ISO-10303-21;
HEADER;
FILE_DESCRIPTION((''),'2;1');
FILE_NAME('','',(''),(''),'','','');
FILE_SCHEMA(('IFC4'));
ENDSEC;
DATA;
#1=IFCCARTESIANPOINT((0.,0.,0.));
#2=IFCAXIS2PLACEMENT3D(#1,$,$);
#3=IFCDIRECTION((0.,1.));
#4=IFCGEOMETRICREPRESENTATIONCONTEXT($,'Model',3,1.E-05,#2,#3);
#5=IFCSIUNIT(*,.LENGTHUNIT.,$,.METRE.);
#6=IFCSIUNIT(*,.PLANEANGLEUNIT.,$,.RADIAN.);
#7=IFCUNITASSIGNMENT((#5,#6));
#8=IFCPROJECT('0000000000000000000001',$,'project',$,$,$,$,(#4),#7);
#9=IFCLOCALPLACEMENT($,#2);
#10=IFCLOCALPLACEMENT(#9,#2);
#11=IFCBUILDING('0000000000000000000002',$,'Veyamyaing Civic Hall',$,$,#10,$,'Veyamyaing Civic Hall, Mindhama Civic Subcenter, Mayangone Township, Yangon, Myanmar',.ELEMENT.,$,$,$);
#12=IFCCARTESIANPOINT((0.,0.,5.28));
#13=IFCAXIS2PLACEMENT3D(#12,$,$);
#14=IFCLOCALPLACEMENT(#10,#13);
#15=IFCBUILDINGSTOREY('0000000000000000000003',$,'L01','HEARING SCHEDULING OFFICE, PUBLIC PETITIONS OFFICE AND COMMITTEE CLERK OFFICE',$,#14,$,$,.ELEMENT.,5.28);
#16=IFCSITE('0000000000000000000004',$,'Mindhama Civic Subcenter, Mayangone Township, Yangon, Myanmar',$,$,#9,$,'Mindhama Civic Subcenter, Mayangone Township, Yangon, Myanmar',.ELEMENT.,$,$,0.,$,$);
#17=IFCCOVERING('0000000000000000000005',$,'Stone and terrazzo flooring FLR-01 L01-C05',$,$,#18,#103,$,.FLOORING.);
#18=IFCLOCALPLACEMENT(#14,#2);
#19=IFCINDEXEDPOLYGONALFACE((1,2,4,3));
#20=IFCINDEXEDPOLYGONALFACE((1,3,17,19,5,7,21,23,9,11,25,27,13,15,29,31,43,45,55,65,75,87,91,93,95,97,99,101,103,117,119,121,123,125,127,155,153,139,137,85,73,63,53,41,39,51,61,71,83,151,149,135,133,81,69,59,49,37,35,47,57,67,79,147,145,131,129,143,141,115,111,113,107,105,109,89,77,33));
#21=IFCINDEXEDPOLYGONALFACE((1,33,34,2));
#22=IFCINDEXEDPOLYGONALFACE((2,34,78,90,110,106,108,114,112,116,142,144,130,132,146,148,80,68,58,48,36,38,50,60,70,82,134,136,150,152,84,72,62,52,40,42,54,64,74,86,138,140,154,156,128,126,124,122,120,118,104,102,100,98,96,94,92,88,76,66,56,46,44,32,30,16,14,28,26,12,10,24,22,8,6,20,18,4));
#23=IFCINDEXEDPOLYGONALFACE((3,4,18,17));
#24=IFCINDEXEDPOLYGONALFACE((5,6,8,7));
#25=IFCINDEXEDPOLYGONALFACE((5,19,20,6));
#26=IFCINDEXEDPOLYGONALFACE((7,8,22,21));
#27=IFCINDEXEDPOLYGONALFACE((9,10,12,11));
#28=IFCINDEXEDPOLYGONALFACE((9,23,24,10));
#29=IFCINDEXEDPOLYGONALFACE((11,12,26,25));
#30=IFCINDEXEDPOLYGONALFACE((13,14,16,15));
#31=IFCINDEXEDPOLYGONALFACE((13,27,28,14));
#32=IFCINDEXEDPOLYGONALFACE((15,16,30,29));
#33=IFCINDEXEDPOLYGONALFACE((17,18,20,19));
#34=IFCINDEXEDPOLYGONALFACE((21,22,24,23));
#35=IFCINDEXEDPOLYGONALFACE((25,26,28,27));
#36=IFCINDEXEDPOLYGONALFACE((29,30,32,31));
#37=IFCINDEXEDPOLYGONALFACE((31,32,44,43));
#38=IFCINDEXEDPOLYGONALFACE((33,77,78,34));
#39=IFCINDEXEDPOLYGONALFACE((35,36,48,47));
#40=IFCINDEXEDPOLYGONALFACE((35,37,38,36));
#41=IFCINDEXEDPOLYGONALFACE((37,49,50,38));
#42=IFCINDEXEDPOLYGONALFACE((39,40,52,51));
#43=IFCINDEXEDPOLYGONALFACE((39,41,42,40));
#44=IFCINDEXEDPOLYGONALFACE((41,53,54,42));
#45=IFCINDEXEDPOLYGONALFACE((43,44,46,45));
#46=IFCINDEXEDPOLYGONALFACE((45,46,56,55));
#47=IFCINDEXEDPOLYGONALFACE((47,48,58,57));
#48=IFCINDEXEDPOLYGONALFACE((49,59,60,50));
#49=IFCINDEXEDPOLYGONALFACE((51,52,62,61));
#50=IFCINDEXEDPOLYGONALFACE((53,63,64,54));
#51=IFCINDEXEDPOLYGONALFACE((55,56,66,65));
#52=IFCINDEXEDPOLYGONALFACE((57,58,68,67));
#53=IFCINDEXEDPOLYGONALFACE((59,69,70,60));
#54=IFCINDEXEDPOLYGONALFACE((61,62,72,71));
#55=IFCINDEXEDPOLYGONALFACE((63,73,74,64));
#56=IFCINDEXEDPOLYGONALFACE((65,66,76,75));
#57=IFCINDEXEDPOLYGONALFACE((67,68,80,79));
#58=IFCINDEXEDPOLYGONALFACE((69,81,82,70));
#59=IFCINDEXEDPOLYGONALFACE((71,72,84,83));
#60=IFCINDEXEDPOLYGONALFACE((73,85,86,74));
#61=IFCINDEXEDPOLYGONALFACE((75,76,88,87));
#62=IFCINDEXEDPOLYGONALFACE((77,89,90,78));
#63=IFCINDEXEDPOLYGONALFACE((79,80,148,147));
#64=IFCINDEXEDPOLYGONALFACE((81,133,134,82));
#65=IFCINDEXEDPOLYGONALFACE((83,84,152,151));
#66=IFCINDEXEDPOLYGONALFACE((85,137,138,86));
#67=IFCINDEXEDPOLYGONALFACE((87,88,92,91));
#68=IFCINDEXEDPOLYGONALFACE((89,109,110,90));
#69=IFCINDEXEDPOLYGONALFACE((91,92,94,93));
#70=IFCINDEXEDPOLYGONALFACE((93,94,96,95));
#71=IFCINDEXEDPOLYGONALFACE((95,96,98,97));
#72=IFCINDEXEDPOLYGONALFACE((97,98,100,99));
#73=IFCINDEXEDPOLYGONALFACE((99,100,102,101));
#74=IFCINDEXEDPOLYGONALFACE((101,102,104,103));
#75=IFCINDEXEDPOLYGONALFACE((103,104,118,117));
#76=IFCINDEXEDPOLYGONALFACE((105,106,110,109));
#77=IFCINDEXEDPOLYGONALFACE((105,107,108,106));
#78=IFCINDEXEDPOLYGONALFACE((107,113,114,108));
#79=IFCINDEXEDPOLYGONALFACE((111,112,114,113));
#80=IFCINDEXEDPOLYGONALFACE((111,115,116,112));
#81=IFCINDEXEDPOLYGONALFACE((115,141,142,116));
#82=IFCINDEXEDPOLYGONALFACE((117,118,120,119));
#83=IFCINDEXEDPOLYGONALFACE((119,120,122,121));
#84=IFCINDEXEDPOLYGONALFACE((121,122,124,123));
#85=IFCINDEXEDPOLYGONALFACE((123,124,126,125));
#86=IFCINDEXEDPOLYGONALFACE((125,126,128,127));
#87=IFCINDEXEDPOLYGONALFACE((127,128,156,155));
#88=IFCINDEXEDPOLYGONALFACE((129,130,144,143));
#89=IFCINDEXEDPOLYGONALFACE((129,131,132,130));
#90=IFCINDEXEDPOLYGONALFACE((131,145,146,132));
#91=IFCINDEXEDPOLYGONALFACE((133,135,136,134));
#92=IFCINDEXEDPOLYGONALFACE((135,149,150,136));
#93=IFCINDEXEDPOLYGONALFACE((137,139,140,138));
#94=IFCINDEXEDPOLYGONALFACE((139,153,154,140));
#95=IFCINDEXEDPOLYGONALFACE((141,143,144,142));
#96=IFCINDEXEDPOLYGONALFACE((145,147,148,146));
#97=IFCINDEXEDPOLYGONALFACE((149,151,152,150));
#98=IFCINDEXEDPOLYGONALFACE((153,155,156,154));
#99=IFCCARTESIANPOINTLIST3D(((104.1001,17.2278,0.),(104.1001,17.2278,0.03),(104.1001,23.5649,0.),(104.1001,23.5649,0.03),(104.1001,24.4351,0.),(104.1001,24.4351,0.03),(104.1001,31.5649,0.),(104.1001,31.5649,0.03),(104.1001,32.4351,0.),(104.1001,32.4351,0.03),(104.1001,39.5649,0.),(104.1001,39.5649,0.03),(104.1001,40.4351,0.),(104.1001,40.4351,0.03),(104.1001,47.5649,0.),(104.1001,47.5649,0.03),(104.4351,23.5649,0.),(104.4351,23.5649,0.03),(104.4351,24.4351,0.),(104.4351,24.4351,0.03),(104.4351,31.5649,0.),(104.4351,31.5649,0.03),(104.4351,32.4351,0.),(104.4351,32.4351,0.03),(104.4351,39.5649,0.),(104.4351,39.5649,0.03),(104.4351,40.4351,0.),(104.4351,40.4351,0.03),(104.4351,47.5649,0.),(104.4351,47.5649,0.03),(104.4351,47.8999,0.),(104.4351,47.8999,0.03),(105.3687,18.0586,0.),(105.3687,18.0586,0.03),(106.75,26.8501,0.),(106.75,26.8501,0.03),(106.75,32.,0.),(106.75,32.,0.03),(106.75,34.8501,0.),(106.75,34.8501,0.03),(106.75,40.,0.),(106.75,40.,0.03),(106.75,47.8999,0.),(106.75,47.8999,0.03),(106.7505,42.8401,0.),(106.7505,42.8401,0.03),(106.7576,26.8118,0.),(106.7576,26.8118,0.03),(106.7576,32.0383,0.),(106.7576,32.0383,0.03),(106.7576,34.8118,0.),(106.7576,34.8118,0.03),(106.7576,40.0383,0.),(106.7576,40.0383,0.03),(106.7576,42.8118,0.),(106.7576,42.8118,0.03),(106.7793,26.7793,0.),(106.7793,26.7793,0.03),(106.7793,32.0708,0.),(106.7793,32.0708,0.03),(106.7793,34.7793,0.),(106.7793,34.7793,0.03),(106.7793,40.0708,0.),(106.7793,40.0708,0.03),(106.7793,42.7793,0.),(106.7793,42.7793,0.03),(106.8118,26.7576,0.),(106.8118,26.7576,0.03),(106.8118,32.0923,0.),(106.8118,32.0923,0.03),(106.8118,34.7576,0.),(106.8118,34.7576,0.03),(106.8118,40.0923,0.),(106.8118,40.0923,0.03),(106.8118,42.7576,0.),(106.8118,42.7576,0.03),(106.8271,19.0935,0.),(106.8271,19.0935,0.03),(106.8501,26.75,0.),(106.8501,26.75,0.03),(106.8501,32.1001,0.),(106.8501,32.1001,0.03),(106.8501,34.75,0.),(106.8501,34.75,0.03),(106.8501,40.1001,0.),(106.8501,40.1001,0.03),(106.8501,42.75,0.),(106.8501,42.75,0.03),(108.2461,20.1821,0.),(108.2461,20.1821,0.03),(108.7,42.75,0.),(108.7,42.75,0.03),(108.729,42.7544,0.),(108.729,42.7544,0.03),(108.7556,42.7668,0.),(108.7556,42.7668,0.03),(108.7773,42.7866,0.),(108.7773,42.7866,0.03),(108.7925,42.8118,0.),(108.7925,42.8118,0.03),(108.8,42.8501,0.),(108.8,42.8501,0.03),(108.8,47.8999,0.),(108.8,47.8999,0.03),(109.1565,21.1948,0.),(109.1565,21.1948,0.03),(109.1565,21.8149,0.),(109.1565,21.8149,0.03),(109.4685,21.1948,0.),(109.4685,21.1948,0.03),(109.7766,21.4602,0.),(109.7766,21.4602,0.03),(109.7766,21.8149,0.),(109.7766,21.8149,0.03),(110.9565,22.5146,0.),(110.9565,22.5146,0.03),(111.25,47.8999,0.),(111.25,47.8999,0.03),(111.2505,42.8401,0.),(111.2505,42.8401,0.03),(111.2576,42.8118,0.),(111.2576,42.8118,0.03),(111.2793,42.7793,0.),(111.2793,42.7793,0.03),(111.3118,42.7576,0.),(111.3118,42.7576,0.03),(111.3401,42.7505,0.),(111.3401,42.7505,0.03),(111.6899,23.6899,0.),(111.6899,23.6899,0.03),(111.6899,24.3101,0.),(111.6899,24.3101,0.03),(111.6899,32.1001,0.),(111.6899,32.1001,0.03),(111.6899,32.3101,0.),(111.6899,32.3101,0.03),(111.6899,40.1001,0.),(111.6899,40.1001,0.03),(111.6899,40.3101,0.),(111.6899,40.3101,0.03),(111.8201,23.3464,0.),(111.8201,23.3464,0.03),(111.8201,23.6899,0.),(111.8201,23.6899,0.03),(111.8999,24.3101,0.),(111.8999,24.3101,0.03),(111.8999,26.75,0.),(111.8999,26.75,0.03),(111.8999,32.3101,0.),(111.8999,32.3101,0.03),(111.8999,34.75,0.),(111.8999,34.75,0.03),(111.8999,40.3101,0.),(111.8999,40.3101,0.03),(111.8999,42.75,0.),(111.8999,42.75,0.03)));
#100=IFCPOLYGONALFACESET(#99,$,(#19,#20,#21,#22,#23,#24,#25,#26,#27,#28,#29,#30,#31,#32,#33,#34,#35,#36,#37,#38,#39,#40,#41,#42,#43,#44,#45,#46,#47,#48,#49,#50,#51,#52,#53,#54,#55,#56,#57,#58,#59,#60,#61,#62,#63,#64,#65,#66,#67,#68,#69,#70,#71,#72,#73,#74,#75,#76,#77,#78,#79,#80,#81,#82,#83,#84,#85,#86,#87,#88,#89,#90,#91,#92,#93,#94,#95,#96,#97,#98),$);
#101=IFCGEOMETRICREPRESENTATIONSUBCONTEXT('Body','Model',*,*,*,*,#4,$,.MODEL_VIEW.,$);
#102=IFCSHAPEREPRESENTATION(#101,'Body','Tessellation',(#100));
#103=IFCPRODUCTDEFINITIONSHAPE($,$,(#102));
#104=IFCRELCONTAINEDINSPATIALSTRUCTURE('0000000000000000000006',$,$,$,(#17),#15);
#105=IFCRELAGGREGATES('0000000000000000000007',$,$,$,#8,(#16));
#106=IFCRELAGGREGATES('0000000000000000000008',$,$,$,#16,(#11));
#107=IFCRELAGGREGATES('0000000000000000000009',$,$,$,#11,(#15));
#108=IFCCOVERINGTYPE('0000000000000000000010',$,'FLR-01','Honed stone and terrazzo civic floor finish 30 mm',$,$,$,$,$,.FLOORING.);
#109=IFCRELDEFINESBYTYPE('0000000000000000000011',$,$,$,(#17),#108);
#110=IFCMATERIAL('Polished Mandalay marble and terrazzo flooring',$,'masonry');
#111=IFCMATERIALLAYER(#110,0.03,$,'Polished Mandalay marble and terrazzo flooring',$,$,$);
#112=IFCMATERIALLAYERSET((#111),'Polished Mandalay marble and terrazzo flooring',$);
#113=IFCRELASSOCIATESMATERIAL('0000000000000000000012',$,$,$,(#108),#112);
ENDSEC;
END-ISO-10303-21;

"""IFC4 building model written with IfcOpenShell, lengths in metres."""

from ifc_helpers import new_model, si_unit, direction, frame, origin, place, context, subcontext, project, spatial, polyline, outline, extrude, material, layer, layer_set, type_object, element, save


model = new_model("IFC4")

# Units and contexts
model_context = context("Model", 3, precision=1e-05, world=origin(), true_north=direction((0.0, 1.0)))
body_context = subcontext(model_context, "Body", "Model", "MODEL_VIEW")
ifc_project = project(units=[si_unit("LENGTHUNIT", "METRE"), si_unit("PLANEANGLEUNIT", "RADIAN")], contexts=[model_context])

# Site, building, storey
site_placement = place(None, origin())
site = spatial("IfcSite", under=ifc_project, at=site_placement, Name="Mindhama Civic Subcenter, Mayangone Township, Yangon, Myanmar", LongName="Mindhama Civic Subcenter, Mayangone Township, Yangon, Myanmar", CompositionType="ELEMENT", RefElevation=0.0)
building_placement = place(site_placement, origin())
building = spatial("IfcBuilding", under=site, at=building_placement, Name="Veyamyaing Civic Hall", LongName="Veyamyaing Civic Hall, Mindhama Civic Subcenter, Mayangone Township, Yangon, Myanmar", CompositionType="ELEMENT")
storey_placement = place(building_placement, frame((0.0, 0.0, 5.28)))
storey = spatial("IfcBuildingStorey", under=building, at=storey_placement, Name="L01", Description="HEARING SCHEDULING OFFICE, PUBLIC PETITIONS OFFICE AND COMMITTEE CLERK OFFICE", CompositionType="ELEMENT", Elevation=5.28)

# Covering
ifc_material_1 = material(Name="Polished Mandalay marble and terrazzo flooring", Category="masonry")
ifc_layer_1 = layer(ifc_material_1, 0.03, Name="Polished Mandalay marble and terrazzo flooring")
ifc_layer_set_1 = layer_set([ifc_layer_1], Name="Polished Mandalay marble and terrazzo flooring")
covering_type_1 = type_object("IfcCoveringType", Name="FLR-01", Description="Honed stone and terrazzo civic floor finish 30 mm", PredefinedType="FLOORING", material=ifc_layer_set_1)
covering_1_placement = place(storey_placement, origin())
element("IfcCovering", 1, at=covering_1_placement, inside=storey, type_object=covering_type_1, Name="Stone and terrazzo flooring FLR-01 L01-C05", PredefinedType="FLOORING", context=body_context, shape_type="SweptSolid", body=[
    extrude(outline(polyline([(106.7576, 42.8118), (106.7793, 42.7793), (106.8118, 42.7576), (106.8501, 42.75), (108.7, 42.75), (108.729, 42.7544), (108.7556, 42.7668), (108.7773, 42.7866), (108.7925, 42.8118), (108.8, 42.8501), (108.8, 47.8999), (111.25, 47.8999), (111.2505, 42.8401), (111.2576, 42.8118), (111.2793, 42.7793), (111.3118, 42.7576), (111.3401, 42.7505), (111.8999, 42.75), (111.8999, 40.3101), (111.6899, 40.3101), (111.6899, 40.1001), (106.8501, 40.1001), (106.8118, 40.0923), (106.7793, 40.0708), (106.7576, 40.0383), (106.75, 40.0), (106.75, 34.8501), (106.7576, 34.8118), (106.7793, 34.7793), (106.8118, 34.7576), (106.8501, 34.75), (111.8999, 34.75), (111.8999, 32.3101), (111.6899, 32.3101), (111.6899, 32.1001), (106.8501, 32.1001), (106.8118, 32.0923), (106.7793, 32.0708), (106.7576, 32.0383), (106.75, 32.0), (106.75, 26.8501), (106.7576, 26.8118), (106.7793, 26.7793), (106.8118, 26.7576), (106.8501, 26.75), (111.8999, 26.75), (111.8999, 24.3101), (111.6899, 24.3101), (111.6899, 23.6899), (111.8201, 23.6899), (111.8201, 23.3464), (110.9565, 22.5146), (109.7766, 21.4602), (109.7766, 21.8149), (109.1565, 21.8149), (109.1565, 21.1948), (109.4685, 21.1948), (108.2461, 20.1821), (106.8271, 19.0935), (105.3687, 18.0586), (104.1001, 17.2278), (104.1001, 23.5649), (104.4351, 23.5649), (104.4351, 24.4351), (104.1001, 24.4351), (104.1001, 31.5649), (104.4351, 31.5649), (104.4351, 32.4351), (104.1001, 32.4351), (104.1001, 39.5649), (104.4351, 39.5649), (104.4351, 40.4351), (104.1001, 40.4351), (104.1001, 47.5649), (104.4351, 47.5649), (104.4351, 47.8999), (106.75, 47.8999), (106.7505, 42.8401), (106.7576, 42.8118)])), origin(), (0.0, 0.0, 1.0), 0.03),
])

save(model, "model.ifc")
